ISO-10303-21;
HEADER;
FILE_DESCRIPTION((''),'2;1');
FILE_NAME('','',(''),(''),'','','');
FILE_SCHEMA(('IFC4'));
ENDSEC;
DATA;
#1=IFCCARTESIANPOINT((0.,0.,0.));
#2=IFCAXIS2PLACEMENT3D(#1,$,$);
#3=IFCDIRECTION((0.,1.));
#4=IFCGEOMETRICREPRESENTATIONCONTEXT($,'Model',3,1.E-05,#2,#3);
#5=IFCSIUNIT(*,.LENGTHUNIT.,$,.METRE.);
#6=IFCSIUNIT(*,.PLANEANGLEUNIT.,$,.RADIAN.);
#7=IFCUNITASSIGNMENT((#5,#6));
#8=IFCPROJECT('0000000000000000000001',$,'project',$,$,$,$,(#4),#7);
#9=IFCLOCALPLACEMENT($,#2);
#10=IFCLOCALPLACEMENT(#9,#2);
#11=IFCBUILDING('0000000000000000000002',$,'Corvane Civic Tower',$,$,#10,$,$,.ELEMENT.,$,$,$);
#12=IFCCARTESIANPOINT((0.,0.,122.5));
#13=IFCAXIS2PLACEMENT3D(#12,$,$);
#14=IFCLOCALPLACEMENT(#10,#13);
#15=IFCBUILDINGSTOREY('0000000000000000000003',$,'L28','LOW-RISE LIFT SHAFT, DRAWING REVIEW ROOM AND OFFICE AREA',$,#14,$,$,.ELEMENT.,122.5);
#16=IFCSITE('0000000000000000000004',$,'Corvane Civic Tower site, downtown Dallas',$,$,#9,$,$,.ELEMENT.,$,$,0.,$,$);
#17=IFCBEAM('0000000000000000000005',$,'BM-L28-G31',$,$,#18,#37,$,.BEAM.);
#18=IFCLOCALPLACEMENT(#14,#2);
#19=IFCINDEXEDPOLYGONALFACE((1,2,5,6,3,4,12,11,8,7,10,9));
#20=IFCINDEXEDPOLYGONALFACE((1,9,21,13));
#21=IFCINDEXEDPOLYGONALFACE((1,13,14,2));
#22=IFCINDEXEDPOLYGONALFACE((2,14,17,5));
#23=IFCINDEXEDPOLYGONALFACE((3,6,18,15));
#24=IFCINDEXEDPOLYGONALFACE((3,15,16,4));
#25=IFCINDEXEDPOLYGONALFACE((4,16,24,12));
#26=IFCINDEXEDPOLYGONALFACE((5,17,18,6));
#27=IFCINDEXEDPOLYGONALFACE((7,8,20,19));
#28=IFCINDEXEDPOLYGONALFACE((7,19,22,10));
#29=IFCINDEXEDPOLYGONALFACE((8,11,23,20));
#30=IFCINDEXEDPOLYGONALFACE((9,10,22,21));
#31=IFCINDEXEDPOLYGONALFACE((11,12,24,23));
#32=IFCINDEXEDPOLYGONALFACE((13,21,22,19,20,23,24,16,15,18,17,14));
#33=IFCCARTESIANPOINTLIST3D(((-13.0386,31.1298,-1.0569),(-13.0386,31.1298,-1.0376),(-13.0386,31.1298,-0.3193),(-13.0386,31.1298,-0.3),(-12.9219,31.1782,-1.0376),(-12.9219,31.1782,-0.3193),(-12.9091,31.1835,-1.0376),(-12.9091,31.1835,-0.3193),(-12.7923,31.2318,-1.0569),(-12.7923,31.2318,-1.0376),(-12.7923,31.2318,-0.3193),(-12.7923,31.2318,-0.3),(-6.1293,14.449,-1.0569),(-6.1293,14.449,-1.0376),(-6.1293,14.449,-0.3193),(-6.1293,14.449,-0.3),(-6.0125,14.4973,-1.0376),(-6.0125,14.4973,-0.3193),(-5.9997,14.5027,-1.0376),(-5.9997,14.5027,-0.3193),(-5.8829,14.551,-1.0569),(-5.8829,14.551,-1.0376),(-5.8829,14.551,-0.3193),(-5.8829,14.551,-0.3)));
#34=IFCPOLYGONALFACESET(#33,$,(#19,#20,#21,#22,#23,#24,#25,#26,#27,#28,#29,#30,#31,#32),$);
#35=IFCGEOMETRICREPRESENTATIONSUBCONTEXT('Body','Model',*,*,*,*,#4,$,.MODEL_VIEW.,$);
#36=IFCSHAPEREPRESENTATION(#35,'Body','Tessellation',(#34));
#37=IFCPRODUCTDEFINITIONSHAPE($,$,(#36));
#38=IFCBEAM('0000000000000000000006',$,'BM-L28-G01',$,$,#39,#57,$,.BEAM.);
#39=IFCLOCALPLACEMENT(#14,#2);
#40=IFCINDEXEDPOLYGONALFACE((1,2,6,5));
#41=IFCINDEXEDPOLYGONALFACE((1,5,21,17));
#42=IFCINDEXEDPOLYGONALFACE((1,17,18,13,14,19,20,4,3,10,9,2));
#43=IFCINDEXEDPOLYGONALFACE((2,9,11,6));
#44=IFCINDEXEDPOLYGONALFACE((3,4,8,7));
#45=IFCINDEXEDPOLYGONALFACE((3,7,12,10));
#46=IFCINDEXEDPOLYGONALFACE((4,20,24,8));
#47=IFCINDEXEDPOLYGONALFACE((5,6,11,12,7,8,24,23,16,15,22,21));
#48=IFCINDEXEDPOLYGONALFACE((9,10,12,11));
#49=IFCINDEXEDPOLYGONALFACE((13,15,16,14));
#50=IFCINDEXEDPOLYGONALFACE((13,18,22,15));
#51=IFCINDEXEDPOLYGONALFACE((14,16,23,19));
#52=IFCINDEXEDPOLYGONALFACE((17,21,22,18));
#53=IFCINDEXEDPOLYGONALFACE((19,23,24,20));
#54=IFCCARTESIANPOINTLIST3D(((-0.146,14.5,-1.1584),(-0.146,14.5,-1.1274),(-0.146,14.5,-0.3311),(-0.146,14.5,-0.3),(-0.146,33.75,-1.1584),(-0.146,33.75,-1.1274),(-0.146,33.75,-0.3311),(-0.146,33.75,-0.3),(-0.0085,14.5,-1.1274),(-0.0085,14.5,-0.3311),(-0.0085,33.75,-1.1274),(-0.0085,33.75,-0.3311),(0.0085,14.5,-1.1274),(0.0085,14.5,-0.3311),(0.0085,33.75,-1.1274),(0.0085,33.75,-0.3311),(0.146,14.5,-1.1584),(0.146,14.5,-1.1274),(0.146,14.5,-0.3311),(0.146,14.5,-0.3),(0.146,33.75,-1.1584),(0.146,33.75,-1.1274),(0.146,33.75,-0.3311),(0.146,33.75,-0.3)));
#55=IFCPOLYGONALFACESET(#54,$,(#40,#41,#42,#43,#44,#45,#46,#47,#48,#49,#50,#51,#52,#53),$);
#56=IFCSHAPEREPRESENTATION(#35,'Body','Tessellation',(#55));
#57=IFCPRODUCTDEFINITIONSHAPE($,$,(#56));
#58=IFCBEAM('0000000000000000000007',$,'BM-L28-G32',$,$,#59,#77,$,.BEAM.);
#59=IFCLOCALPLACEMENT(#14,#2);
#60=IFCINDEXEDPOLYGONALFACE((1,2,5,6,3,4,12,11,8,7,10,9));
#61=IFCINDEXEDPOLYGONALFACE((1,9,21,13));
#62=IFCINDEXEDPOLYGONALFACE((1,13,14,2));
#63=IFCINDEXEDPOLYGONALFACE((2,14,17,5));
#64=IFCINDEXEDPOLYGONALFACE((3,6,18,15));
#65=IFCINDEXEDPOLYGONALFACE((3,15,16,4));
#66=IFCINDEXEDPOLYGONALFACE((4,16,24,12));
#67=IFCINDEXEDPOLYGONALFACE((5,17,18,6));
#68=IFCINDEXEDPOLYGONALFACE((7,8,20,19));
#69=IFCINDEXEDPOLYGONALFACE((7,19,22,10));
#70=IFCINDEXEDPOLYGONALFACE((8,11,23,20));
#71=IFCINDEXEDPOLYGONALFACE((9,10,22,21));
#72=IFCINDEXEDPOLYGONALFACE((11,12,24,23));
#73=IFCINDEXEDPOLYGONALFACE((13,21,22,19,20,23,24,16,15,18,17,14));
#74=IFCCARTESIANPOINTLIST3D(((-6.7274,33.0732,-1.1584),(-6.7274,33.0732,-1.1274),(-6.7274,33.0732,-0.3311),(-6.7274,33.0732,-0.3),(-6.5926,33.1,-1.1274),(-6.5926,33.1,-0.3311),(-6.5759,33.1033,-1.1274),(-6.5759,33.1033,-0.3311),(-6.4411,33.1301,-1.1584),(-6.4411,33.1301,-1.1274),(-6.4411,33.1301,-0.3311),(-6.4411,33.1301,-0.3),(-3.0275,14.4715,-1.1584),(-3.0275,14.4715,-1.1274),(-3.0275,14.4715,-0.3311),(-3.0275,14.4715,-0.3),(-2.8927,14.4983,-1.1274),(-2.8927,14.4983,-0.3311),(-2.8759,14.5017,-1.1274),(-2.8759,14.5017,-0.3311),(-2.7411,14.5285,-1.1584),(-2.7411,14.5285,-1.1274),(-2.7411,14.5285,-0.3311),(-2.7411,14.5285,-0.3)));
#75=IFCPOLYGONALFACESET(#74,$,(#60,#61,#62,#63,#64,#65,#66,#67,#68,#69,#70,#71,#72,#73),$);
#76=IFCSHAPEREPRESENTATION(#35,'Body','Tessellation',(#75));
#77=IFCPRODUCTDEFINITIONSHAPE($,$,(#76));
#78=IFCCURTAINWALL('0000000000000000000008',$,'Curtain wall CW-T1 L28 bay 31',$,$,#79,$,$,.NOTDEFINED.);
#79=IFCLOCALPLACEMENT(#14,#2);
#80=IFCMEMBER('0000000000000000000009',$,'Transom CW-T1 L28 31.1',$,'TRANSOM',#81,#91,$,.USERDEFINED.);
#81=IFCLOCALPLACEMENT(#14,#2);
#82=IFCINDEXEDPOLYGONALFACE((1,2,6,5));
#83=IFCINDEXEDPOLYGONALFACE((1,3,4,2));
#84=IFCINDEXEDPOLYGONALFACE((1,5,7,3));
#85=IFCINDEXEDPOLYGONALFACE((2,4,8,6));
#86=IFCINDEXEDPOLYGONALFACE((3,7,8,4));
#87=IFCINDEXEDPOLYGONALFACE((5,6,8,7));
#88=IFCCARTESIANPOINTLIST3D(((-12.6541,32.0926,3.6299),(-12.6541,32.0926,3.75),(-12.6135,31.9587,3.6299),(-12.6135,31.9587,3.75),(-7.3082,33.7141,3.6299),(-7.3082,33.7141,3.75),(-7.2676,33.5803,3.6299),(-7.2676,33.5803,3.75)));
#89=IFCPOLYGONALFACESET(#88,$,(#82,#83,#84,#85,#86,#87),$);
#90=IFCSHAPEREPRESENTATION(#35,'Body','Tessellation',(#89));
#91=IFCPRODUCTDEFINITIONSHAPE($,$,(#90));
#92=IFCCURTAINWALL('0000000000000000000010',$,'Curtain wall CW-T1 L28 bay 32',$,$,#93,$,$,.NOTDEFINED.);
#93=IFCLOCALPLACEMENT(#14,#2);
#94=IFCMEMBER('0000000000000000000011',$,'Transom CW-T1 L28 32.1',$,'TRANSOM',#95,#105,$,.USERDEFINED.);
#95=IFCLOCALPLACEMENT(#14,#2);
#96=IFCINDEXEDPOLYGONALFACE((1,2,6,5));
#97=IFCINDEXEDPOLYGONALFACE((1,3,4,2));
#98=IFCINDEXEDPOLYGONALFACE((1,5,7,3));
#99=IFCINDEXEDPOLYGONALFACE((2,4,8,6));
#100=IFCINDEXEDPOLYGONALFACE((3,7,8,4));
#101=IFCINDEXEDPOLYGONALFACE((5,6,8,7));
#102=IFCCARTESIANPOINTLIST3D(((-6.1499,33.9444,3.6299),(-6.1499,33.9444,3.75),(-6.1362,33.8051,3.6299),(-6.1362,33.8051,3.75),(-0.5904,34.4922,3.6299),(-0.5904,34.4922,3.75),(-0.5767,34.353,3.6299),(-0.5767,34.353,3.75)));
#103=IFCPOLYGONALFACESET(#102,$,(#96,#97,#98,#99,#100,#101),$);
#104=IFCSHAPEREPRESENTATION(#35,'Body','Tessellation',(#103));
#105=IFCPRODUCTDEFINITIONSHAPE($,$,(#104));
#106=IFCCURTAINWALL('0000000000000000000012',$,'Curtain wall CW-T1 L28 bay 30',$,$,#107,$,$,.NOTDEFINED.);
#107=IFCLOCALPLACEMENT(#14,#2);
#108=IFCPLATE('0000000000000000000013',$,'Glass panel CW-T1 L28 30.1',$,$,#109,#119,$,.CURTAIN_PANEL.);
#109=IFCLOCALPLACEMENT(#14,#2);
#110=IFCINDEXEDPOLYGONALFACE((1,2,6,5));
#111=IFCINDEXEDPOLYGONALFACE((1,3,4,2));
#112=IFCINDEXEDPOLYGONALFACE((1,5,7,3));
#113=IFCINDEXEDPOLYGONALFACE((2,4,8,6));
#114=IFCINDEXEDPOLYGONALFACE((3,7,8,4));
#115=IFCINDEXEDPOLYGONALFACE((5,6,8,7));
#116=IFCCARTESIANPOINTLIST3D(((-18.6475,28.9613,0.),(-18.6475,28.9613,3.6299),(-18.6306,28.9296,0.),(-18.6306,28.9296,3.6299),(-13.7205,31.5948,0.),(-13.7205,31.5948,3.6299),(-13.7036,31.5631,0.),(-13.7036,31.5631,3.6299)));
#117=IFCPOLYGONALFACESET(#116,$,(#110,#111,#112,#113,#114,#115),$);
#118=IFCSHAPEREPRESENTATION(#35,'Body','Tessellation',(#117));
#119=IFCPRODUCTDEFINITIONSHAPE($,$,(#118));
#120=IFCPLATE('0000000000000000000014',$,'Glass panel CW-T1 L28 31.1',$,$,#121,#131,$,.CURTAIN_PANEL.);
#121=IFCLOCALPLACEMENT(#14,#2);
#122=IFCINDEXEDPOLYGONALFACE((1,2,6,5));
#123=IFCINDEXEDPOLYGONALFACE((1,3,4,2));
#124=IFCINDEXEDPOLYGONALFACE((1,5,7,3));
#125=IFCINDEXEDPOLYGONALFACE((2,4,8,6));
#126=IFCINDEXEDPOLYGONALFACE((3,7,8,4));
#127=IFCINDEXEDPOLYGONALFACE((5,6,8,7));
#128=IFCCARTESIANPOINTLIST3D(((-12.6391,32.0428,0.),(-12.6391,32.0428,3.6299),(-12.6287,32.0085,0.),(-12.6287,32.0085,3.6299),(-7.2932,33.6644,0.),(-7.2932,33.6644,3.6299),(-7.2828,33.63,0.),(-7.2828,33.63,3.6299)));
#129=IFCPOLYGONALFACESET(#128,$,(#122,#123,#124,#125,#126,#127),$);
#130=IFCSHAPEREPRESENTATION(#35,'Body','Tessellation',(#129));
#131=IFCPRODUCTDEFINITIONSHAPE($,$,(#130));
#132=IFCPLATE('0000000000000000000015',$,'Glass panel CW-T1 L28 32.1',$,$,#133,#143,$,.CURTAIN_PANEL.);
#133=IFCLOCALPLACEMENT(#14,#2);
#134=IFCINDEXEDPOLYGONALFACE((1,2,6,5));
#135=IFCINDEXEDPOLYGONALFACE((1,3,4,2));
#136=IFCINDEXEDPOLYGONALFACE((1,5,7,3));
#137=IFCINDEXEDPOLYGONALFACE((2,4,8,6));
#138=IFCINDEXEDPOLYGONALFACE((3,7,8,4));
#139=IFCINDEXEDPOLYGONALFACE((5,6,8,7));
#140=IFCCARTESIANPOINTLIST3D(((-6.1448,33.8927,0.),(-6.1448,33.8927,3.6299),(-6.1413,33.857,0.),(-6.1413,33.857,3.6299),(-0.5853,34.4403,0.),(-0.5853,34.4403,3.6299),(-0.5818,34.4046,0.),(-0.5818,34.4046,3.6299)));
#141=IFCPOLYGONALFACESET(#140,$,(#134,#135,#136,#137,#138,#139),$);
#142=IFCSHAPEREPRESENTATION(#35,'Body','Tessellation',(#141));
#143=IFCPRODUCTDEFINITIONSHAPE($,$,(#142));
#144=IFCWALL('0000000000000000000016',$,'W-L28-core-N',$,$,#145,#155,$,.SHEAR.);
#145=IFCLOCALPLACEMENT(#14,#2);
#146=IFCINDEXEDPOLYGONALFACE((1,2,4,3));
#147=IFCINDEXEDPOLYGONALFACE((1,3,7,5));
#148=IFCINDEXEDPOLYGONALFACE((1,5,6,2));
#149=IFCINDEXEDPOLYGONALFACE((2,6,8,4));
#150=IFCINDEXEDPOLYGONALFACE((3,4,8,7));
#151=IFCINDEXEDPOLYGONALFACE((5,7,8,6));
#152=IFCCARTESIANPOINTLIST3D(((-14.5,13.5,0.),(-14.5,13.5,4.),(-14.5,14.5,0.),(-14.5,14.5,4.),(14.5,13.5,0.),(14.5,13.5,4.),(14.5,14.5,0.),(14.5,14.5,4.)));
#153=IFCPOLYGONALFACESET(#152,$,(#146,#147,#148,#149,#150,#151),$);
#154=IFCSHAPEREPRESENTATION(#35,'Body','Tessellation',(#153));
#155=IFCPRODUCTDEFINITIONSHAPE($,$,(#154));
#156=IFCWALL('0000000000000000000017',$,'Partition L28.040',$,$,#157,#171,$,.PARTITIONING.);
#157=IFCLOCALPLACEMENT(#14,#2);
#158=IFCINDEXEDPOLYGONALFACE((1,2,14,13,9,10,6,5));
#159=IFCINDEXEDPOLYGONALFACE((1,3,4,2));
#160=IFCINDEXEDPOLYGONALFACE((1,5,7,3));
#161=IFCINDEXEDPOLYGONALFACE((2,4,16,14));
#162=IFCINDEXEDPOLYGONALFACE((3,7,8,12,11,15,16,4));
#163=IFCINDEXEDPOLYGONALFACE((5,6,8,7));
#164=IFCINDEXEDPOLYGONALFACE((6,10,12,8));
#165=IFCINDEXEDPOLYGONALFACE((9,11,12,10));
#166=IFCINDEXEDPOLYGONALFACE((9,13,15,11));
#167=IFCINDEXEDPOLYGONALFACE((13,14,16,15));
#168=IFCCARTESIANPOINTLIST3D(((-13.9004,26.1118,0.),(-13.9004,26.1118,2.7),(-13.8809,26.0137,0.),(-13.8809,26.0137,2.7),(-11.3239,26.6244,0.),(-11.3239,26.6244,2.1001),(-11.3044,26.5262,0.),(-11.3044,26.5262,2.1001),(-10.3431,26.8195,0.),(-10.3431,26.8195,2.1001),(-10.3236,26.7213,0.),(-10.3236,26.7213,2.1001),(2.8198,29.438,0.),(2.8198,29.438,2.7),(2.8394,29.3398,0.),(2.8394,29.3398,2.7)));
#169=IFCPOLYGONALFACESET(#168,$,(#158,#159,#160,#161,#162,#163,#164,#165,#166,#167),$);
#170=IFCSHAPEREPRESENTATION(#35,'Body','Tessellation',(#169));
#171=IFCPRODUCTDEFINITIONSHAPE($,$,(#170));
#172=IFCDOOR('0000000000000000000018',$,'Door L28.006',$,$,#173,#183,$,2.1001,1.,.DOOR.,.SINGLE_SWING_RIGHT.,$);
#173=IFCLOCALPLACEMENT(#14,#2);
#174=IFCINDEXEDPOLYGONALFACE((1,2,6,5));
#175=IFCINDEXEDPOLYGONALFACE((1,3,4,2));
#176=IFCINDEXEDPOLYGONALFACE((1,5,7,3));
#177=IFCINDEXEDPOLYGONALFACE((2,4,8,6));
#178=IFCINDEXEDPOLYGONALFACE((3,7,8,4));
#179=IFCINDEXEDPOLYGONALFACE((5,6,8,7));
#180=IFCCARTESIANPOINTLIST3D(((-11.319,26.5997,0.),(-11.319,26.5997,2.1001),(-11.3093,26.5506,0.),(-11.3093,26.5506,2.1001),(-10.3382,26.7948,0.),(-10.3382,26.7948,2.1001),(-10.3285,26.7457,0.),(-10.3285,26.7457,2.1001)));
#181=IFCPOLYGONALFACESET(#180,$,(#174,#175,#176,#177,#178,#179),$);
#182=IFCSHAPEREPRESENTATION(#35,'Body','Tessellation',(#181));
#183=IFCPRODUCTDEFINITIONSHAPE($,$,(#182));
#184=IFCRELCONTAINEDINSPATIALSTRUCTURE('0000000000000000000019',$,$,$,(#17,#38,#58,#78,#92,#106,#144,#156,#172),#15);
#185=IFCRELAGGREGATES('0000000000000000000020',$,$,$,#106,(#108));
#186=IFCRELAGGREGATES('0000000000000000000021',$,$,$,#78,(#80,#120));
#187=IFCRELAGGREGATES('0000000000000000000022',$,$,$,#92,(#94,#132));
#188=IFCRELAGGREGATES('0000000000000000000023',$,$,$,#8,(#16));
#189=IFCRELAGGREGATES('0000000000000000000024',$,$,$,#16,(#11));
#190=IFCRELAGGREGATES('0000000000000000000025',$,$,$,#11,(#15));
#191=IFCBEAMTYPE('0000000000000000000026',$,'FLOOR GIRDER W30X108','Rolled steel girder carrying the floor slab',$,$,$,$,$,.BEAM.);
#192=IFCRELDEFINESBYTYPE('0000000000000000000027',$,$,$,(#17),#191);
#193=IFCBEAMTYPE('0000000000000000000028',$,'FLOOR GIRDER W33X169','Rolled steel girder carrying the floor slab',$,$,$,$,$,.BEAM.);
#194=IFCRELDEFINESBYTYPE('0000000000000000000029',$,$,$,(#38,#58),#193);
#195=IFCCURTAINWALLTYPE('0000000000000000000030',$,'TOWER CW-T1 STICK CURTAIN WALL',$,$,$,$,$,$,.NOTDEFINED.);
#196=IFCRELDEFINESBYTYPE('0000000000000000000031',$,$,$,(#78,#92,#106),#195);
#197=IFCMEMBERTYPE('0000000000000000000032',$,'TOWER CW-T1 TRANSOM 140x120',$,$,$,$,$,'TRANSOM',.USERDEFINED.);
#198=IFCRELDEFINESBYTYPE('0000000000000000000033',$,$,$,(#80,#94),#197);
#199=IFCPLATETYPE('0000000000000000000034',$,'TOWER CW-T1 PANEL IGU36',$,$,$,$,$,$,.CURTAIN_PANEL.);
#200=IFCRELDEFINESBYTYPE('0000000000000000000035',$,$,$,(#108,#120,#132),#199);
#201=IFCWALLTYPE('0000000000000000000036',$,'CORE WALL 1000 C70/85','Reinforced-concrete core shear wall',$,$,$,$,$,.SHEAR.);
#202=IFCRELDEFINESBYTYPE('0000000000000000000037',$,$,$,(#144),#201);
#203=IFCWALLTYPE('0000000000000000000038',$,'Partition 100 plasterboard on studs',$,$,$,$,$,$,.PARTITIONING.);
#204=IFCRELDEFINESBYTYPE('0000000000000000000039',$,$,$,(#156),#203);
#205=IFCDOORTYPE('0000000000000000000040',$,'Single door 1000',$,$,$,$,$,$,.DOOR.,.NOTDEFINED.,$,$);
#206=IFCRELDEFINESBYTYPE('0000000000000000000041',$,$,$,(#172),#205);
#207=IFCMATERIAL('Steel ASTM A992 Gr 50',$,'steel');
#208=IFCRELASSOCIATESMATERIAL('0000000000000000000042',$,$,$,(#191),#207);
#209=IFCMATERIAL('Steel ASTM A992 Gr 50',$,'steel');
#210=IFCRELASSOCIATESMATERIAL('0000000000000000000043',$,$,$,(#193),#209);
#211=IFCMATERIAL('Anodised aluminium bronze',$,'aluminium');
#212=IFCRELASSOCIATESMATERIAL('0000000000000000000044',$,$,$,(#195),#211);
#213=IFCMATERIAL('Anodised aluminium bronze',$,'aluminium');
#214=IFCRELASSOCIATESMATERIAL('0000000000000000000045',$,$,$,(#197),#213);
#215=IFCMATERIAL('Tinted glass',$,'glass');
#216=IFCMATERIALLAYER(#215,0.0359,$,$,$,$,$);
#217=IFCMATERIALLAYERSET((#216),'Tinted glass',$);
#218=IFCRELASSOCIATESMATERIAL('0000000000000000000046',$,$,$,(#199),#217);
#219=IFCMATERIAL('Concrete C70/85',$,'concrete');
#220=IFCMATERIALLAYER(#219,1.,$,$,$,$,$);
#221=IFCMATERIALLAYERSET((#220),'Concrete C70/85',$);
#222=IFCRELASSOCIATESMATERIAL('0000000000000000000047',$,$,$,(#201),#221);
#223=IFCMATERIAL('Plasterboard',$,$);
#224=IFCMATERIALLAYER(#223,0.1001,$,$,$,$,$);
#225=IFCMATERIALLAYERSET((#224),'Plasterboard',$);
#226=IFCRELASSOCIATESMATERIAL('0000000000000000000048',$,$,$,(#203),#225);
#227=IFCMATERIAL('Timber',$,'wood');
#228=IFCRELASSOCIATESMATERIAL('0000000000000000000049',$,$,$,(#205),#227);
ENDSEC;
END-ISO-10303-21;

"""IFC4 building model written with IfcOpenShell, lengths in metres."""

from ifc_helpers import new_model, si_unit, direction, frame, frame_2d, origin, origin_2d, place, context, subcontext, project, spatial, rectangle, i_section, extrude, material, layer, layer_set, material_profile, profile_set, type_object, element, fill, aggregate, save


model = new_model("IFC4")

# Units and contexts
model_context = context("Model", 3, precision=1e-05, world=origin(), true_north=direction((0.0, 1.0)))
body_context = subcontext(model_context, "Body", "Model", "MODEL_VIEW")
ifc_project = project(units=[si_unit("LENGTHUNIT", "METRE"), si_unit("PLANEANGLEUNIT", "RADIAN")], contexts=[model_context])

# Site, building, storey
site_placement = place(None, origin())
site = spatial("IfcSite", under=ifc_project, at=site_placement, Name="Corvane Civic Tower site, downtown Dallas", CompositionType="ELEMENT", RefElevation=0.0)
building_placement = place(site_placement, origin())
building = spatial("IfcBuilding", under=site, at=building_placement, Name="Corvane Civic Tower", CompositionType="ELEMENT")
storey_placement = place(building_placement, frame((0.0, 0.0, 122.5)))
storey = spatial("IfcBuildingStorey", under=building, at=storey_placement, Name="L28", Description="LOW-RISE LIFT SHAFT, DRAWING REVIEW ROOM AND OFFICE AREA", CompositionType="ELEMENT", Elevation=122.5)

# Beams
ifc_material_1 = material(Name="Steel ASTM A992 Gr 50", Category="steel")
ifc_material_profile_1 = material_profile(ifc_material_1, i_section(OverallWidth=0.2666, OverallDepth=0.7568, WebThickness=0.0139, FlangeThickness=0.0193, at=origin_2d()), Name="W30X108")
ifc_profile_set_1 = profile_set([ifc_material_profile_1], Name="Steel ASTM A992 Gr 50")
beam_type_1 = type_object("IfcBeamType", Name="FLOOR GIRDER W30X108", Description="Rolled steel girder carrying the floor slab", PredefinedType="BEAM", material=ifc_profile_set_1)
beam_1_placement = place(storey_placement, frame((-6.0061, 14.5, -0.6785), z_axis=(-0.382682, 0.92388, 0.0), x_axis=(-0.92388, -0.382682, 0.0)))
element("IfcBeam", 1, at=beam_1_placement, inside=storey, type_object=beam_type_1, Name="BM-L28-G31", PredefinedType="BEAM", context=body_context, shape_type="SweptSolid", body=[
    extrude(i_section(OverallWidth=0.2666, OverallDepth=0.7568, WebThickness=0.0139, FlangeThickness=0.0193, at=origin_2d()), origin(), (0.0, 0.0, 1.0), 18.0552),
])
ifc_material_2 = material(Name="Steel ASTM A992 Gr 50", Category="steel")
ifc_material_profile_2 = material_profile(ifc_material_2, i_section(OverallWidth=0.292, OverallDepth=0.8584, WebThickness=0.0171, FlangeThickness=0.031, at=origin_2d()), Name="W33X169")
ifc_profile_set_2 = profile_set([ifc_material_profile_2], Name="Steel ASTM A992 Gr 50")
beam_type_2 = type_object("IfcBeamType", Name="FLOOR GIRDER W33X169", Description="Rolled steel girder carrying the floor slab", PredefinedType="BEAM", material=ifc_profile_set_2)
beam_2_placement = place(storey_placement, frame((0.0, 14.5, -0.7292), z_axis=(0.0, 1.0, 0.0), x_axis=(-1.0, 0.0, 0.0)))
element("IfcBeam", 2, at=beam_2_placement, inside=storey, type_object=beam_type_2, Name="BM-L28-G01", PredefinedType="BEAM", context=body_context, shape_type="SweptSolid", body=[
    extrude(i_section(OverallWidth=0.292, OverallDepth=0.8584, WebThickness=0.0171, FlangeThickness=0.031, at=origin_2d()), origin(), (0.0, 0.0, 1.0), 19.25),
])
beam_3_placement = place(storey_placement, frame((-2.8843, 14.5, -0.7292), z_axis=(-0.195084, 0.980787, 0.0), x_axis=(-0.980787, -0.195084, 0.0)))
element("IfcBeam", 3, at=beam_3_placement, inside=storey, type_object=beam_type_2, Name="BM-L28-G32", PredefinedType="BEAM", context=body_context, shape_type="SweptSolid", body=[
    extrude(i_section(OverallWidth=0.292, OverallDepth=0.8584, WebThickness=0.0171, FlangeThickness=0.031, at=origin_2d()), origin(), (0.0, 0.0, 1.0), 18.9661),
])

# Curtain walls, members
ifc_material_3 = material(Name="Anodised aluminium bronze", Category="aluminium")
curtain_wall_type = type_object("IfcCurtainWallType", Name="TOWER CW-T1 STICK CURTAIN WALL", PredefinedType="NOTDEFINED", material=ifc_material_3)
curtain_wall_1_placement = place(storey_placement, origin())
curtain_wall_1 = element("IfcCurtainWall", 4, at=curtain_wall_1_placement, inside=storey, type_object=curtain_wall_type, Name="Curtain wall CW-T1 L28 bay 31", PredefinedType="NOTDEFINED")
ifc_material_4 = material(Name="Anodised aluminium bronze", Category="aluminium")
ifc_material_profile_3 = material_profile(ifc_material_4, rectangle(XDim=0.1399, YDim=0.1201, at=origin_2d()), Name="TOWER CW-T1 TRANSOM 140x120")
ifc_profile_set_3 = profile_set([ifc_material_profile_3], Name="Anodised aluminium bronze")
member_type = type_object("IfcMemberType", Name="TOWER CW-T1 TRANSOM 140x120", ElementType="TRANSOM", PredefinedType="USERDEFINED", material=ifc_profile_set_3)
member_1_placement = place(storey_placement, frame((-12.6338, 32.0256, 3.6899), z_axis=(0.956945, 0.290269, 0.0), x_axis=(-0.290269, 0.956945, 0.0)))
member_1 = element("IfcMember", 5, at=member_1_placement, type_object=member_type, Name="Transom CW-T1 L28 31.1", ObjectType="TRANSOM", PredefinedType="USERDEFINED", context=body_context, shape_type="SweptSolid", body=[
    extrude(rectangle(XDim=0.1399, YDim=0.1201, at=origin_2d()), origin(), (0.0, 0.0, 1.0), 5.5864),
])
curtain_wall_2_placement = place(storey_placement, origin())
curtain_wall_2 = element("IfcCurtainWall", 6, at=curtain_wall_2_placement, inside=storey, type_object=curtain_wall_type, Name="Curtain wall CW-T1 L28 bay 32", PredefinedType="NOTDEFINED")
member_2_placement = place(storey_placement, frame((-6.1431, 33.8748, 3.6899), z_axis=(0.99518, 0.098067, 0.0), x_axis=(-0.098067, 0.99518, 0.0)))
member_2 = element("IfcMember", 7, at=member_2_placement, type_object=member_type, Name="Transom CW-T1 L28 32.1", ObjectType="TRANSOM", PredefinedType="USERDEFINED", context=body_context, shape_type="SweptSolid", body=[
    extrude(rectangle(XDim=0.1399, YDim=0.1201, at=origin_2d()), origin(), (0.0, 0.0, 1.0), 5.5864),
])

# Curtain wall, plate
curtain_wall_3_placement = place(storey_placement, origin())
curtain_wall_3 = element("IfcCurtainWall", 8, at=curtain_wall_3_placement, inside=storey, type_object=curtain_wall_type, Name="Curtain wall CW-T1 L28 bay 30", PredefinedType="NOTDEFINED")
ifc_material_5 = material(Name="Tinted glass", Category="glass")
ifc_layer_1 = layer(ifc_material_5, 0.0359)
ifc_layer_set_1 = layer_set([ifc_layer_1], Name="Tinted glass")
plate_type = type_object("IfcPlateType", Name="TOWER CW-T1 PANEL IGU36", PredefinedType="CURTAIN_PANEL", material=ifc_layer_set_1)
plate_1_placement = place(storey_placement, frame((-16.1755, 30.2622, 0.0), z_axis=(0.0, 0.0, 1.0), x_axis=(0.881924, 0.471392, 0.0)))
plate_1 = element("IfcPlate", 9, at=plate_1_placement, type_object=plate_type, Name="Glass panel CW-T1 L28 30.1", PredefinedType="CURTAIN_PANEL", context=body_context, shape_type="SweptSolid", body=[
    extrude(rectangle(XDim=5.5867, YDim=0.0359, at=origin_2d()), origin(), (0.0, 0.0, 1.0), 3.6299),
])
aggregate(curtain_wall_3, [plate_1])

# Plates
plate_2_placement = place(storey_placement, frame((-9.9609, 32.8364, 0.0), z_axis=(0.0, 0.0, 1.0), x_axis=(0.956946, 0.290266, 0.0)))
plate_2 = element("IfcPlate", 10, at=plate_2_placement, type_object=plate_type, Name="Glass panel CW-T1 L28 31.1", PredefinedType="CURTAIN_PANEL", context=body_context, shape_type="SweptSolid", body=[
    extrude(rectangle(XDim=5.5864, YDim=0.0359, at=origin_2d()), origin(), (0.0, 0.0, 1.0), 3.6299),
])
aggregate(curtain_wall_1, [member_1, plate_2])
plate_3_placement = place(storey_placement, frame((-3.3633, 34.1487, 0.0), z_axis=(0.0, 0.0, 1.0), x_axis=(0.995184, 0.098027, 0.0)))
plate_3 = element("IfcPlate", 11, at=plate_3_placement, type_object=plate_type, Name="Glass panel CW-T1 L28 32.1", PredefinedType="CURTAIN_PANEL", context=body_context, shape_type="SweptSolid", body=[
    extrude(rectangle(XDim=5.5864, YDim=0.0359, at=origin_2d()), origin(), (0.0, 0.0, 1.0), 3.6299),
])
aggregate(curtain_wall_2, [member_2, plate_3])

# Wall
ifc_material_6 = material(Name="Concrete C70/85", Category="concrete")
ifc_layer_2 = layer(ifc_material_6, 1.0)
ifc_layer_set_2 = layer_set([ifc_layer_2], Name="Concrete C70/85")
wall_type_1 = type_object("IfcWallType", Name="CORE WALL 1000 C70/85", Description="Reinforced-concrete core shear wall", PredefinedType="SHEAR", material=ifc_layer_set_2)
wall_1_placement = place(storey_placement, frame((-14.5, 14.0, 0.0), z_axis=(0.0, 0.0, 1.0), x_axis=(1.0, 0.0, 0.0)))
element("IfcWall", 12, at=wall_1_placement, inside=storey, type_object=wall_type_1, Name="W-L28-core-N", PredefinedType="SHEAR", context=body_context, shape_type="SweptSolid", body=[
    extrude(rectangle(XDim=29.0, YDim=1.0, at=frame_2d((14.5, 0.0))), origin(), (0.0, 0.0, 1.0), 4.0),
])

# Wall, opening, door
ifc_material_7 = material(Name="Plasterboard")
ifc_layer_3 = layer(ifc_material_7, 0.1001)
ifc_layer_set_3 = layer_set([ifc_layer_3], Name="Plasterboard")
wall_type_2 = type_object("IfcWallType", Name="Partition 100 plasterboard on studs", PredefinedType="PARTITIONING", material=ifc_layer_set_3)
wall_2_placement = place(storey_placement, frame((-13.8906, 26.0627, 0.0), z_axis=(0.0, 0.0, 1.0), x_axis=(0.980782, 0.195108, 0.0)))
wall_2 = element("IfcWall", 13, at=wall_2_placement, inside=storey, type_object=wall_type_2, Name="Partition L28.040", PredefinedType="PARTITIONING", context=body_context, shape_type="SweptSolid", body=[
    extrude(rectangle(XDim=17.0479, YDim=0.1001, at=frame_2d((8.5239, 0.0))), origin(), (0.0, 0.0, 1.0), 2.7),
])
opening_placement = place(wall_2_placement, frame((2.627, 0.0, 0.0)))
opening = element("IfcOpeningElement", 14, at=opening_placement, cuts=wall_2, PredefinedType="OPENING", context=body_context, shape_type="SweptSolid", body=[
    extrude(rectangle(XDim=1.0, YDim=2.1001, at=frame_2d((0.5, 1.05))), frame((0.0, 0.0601, 0.0), z_axis=(0.0, -1.0, 0.0), x_axis=(1.0, 0.0, 0.0)), (0.0, 0.0, 1.0), 0.1201),
])
ifc_material_8 = material(Name="Timber", Category="wood")
door_type = type_object("IfcDoorType", Name="Single door 1000", OperationType="NOTDEFINED", PredefinedType="DOOR", material=ifc_material_8)
door_placement = place(opening_placement, origin())
door = element("IfcDoor", 15, at=door_placement, inside=storey, type_object=door_type, Name="Door L28.006", OperationType="SINGLE_SWING_RIGHT", OverallHeight=2.1001, OverallWidth=1.0, PredefinedType="DOOR", context=body_context, shape_type="SweptSolid", body=[
    extrude(rectangle(XDim=1.0, YDim=2.1001, at=frame_2d((0.5, 1.05))), frame((0.0, 0.0249, 0.0), z_axis=(0.0, -1.0, 0.0), x_axis=(1.0, 0.0, 0.0)), (0.0, 0.0, 1.0), 0.05),
])
fill(opening, door)

save(model, "model.ifc")
